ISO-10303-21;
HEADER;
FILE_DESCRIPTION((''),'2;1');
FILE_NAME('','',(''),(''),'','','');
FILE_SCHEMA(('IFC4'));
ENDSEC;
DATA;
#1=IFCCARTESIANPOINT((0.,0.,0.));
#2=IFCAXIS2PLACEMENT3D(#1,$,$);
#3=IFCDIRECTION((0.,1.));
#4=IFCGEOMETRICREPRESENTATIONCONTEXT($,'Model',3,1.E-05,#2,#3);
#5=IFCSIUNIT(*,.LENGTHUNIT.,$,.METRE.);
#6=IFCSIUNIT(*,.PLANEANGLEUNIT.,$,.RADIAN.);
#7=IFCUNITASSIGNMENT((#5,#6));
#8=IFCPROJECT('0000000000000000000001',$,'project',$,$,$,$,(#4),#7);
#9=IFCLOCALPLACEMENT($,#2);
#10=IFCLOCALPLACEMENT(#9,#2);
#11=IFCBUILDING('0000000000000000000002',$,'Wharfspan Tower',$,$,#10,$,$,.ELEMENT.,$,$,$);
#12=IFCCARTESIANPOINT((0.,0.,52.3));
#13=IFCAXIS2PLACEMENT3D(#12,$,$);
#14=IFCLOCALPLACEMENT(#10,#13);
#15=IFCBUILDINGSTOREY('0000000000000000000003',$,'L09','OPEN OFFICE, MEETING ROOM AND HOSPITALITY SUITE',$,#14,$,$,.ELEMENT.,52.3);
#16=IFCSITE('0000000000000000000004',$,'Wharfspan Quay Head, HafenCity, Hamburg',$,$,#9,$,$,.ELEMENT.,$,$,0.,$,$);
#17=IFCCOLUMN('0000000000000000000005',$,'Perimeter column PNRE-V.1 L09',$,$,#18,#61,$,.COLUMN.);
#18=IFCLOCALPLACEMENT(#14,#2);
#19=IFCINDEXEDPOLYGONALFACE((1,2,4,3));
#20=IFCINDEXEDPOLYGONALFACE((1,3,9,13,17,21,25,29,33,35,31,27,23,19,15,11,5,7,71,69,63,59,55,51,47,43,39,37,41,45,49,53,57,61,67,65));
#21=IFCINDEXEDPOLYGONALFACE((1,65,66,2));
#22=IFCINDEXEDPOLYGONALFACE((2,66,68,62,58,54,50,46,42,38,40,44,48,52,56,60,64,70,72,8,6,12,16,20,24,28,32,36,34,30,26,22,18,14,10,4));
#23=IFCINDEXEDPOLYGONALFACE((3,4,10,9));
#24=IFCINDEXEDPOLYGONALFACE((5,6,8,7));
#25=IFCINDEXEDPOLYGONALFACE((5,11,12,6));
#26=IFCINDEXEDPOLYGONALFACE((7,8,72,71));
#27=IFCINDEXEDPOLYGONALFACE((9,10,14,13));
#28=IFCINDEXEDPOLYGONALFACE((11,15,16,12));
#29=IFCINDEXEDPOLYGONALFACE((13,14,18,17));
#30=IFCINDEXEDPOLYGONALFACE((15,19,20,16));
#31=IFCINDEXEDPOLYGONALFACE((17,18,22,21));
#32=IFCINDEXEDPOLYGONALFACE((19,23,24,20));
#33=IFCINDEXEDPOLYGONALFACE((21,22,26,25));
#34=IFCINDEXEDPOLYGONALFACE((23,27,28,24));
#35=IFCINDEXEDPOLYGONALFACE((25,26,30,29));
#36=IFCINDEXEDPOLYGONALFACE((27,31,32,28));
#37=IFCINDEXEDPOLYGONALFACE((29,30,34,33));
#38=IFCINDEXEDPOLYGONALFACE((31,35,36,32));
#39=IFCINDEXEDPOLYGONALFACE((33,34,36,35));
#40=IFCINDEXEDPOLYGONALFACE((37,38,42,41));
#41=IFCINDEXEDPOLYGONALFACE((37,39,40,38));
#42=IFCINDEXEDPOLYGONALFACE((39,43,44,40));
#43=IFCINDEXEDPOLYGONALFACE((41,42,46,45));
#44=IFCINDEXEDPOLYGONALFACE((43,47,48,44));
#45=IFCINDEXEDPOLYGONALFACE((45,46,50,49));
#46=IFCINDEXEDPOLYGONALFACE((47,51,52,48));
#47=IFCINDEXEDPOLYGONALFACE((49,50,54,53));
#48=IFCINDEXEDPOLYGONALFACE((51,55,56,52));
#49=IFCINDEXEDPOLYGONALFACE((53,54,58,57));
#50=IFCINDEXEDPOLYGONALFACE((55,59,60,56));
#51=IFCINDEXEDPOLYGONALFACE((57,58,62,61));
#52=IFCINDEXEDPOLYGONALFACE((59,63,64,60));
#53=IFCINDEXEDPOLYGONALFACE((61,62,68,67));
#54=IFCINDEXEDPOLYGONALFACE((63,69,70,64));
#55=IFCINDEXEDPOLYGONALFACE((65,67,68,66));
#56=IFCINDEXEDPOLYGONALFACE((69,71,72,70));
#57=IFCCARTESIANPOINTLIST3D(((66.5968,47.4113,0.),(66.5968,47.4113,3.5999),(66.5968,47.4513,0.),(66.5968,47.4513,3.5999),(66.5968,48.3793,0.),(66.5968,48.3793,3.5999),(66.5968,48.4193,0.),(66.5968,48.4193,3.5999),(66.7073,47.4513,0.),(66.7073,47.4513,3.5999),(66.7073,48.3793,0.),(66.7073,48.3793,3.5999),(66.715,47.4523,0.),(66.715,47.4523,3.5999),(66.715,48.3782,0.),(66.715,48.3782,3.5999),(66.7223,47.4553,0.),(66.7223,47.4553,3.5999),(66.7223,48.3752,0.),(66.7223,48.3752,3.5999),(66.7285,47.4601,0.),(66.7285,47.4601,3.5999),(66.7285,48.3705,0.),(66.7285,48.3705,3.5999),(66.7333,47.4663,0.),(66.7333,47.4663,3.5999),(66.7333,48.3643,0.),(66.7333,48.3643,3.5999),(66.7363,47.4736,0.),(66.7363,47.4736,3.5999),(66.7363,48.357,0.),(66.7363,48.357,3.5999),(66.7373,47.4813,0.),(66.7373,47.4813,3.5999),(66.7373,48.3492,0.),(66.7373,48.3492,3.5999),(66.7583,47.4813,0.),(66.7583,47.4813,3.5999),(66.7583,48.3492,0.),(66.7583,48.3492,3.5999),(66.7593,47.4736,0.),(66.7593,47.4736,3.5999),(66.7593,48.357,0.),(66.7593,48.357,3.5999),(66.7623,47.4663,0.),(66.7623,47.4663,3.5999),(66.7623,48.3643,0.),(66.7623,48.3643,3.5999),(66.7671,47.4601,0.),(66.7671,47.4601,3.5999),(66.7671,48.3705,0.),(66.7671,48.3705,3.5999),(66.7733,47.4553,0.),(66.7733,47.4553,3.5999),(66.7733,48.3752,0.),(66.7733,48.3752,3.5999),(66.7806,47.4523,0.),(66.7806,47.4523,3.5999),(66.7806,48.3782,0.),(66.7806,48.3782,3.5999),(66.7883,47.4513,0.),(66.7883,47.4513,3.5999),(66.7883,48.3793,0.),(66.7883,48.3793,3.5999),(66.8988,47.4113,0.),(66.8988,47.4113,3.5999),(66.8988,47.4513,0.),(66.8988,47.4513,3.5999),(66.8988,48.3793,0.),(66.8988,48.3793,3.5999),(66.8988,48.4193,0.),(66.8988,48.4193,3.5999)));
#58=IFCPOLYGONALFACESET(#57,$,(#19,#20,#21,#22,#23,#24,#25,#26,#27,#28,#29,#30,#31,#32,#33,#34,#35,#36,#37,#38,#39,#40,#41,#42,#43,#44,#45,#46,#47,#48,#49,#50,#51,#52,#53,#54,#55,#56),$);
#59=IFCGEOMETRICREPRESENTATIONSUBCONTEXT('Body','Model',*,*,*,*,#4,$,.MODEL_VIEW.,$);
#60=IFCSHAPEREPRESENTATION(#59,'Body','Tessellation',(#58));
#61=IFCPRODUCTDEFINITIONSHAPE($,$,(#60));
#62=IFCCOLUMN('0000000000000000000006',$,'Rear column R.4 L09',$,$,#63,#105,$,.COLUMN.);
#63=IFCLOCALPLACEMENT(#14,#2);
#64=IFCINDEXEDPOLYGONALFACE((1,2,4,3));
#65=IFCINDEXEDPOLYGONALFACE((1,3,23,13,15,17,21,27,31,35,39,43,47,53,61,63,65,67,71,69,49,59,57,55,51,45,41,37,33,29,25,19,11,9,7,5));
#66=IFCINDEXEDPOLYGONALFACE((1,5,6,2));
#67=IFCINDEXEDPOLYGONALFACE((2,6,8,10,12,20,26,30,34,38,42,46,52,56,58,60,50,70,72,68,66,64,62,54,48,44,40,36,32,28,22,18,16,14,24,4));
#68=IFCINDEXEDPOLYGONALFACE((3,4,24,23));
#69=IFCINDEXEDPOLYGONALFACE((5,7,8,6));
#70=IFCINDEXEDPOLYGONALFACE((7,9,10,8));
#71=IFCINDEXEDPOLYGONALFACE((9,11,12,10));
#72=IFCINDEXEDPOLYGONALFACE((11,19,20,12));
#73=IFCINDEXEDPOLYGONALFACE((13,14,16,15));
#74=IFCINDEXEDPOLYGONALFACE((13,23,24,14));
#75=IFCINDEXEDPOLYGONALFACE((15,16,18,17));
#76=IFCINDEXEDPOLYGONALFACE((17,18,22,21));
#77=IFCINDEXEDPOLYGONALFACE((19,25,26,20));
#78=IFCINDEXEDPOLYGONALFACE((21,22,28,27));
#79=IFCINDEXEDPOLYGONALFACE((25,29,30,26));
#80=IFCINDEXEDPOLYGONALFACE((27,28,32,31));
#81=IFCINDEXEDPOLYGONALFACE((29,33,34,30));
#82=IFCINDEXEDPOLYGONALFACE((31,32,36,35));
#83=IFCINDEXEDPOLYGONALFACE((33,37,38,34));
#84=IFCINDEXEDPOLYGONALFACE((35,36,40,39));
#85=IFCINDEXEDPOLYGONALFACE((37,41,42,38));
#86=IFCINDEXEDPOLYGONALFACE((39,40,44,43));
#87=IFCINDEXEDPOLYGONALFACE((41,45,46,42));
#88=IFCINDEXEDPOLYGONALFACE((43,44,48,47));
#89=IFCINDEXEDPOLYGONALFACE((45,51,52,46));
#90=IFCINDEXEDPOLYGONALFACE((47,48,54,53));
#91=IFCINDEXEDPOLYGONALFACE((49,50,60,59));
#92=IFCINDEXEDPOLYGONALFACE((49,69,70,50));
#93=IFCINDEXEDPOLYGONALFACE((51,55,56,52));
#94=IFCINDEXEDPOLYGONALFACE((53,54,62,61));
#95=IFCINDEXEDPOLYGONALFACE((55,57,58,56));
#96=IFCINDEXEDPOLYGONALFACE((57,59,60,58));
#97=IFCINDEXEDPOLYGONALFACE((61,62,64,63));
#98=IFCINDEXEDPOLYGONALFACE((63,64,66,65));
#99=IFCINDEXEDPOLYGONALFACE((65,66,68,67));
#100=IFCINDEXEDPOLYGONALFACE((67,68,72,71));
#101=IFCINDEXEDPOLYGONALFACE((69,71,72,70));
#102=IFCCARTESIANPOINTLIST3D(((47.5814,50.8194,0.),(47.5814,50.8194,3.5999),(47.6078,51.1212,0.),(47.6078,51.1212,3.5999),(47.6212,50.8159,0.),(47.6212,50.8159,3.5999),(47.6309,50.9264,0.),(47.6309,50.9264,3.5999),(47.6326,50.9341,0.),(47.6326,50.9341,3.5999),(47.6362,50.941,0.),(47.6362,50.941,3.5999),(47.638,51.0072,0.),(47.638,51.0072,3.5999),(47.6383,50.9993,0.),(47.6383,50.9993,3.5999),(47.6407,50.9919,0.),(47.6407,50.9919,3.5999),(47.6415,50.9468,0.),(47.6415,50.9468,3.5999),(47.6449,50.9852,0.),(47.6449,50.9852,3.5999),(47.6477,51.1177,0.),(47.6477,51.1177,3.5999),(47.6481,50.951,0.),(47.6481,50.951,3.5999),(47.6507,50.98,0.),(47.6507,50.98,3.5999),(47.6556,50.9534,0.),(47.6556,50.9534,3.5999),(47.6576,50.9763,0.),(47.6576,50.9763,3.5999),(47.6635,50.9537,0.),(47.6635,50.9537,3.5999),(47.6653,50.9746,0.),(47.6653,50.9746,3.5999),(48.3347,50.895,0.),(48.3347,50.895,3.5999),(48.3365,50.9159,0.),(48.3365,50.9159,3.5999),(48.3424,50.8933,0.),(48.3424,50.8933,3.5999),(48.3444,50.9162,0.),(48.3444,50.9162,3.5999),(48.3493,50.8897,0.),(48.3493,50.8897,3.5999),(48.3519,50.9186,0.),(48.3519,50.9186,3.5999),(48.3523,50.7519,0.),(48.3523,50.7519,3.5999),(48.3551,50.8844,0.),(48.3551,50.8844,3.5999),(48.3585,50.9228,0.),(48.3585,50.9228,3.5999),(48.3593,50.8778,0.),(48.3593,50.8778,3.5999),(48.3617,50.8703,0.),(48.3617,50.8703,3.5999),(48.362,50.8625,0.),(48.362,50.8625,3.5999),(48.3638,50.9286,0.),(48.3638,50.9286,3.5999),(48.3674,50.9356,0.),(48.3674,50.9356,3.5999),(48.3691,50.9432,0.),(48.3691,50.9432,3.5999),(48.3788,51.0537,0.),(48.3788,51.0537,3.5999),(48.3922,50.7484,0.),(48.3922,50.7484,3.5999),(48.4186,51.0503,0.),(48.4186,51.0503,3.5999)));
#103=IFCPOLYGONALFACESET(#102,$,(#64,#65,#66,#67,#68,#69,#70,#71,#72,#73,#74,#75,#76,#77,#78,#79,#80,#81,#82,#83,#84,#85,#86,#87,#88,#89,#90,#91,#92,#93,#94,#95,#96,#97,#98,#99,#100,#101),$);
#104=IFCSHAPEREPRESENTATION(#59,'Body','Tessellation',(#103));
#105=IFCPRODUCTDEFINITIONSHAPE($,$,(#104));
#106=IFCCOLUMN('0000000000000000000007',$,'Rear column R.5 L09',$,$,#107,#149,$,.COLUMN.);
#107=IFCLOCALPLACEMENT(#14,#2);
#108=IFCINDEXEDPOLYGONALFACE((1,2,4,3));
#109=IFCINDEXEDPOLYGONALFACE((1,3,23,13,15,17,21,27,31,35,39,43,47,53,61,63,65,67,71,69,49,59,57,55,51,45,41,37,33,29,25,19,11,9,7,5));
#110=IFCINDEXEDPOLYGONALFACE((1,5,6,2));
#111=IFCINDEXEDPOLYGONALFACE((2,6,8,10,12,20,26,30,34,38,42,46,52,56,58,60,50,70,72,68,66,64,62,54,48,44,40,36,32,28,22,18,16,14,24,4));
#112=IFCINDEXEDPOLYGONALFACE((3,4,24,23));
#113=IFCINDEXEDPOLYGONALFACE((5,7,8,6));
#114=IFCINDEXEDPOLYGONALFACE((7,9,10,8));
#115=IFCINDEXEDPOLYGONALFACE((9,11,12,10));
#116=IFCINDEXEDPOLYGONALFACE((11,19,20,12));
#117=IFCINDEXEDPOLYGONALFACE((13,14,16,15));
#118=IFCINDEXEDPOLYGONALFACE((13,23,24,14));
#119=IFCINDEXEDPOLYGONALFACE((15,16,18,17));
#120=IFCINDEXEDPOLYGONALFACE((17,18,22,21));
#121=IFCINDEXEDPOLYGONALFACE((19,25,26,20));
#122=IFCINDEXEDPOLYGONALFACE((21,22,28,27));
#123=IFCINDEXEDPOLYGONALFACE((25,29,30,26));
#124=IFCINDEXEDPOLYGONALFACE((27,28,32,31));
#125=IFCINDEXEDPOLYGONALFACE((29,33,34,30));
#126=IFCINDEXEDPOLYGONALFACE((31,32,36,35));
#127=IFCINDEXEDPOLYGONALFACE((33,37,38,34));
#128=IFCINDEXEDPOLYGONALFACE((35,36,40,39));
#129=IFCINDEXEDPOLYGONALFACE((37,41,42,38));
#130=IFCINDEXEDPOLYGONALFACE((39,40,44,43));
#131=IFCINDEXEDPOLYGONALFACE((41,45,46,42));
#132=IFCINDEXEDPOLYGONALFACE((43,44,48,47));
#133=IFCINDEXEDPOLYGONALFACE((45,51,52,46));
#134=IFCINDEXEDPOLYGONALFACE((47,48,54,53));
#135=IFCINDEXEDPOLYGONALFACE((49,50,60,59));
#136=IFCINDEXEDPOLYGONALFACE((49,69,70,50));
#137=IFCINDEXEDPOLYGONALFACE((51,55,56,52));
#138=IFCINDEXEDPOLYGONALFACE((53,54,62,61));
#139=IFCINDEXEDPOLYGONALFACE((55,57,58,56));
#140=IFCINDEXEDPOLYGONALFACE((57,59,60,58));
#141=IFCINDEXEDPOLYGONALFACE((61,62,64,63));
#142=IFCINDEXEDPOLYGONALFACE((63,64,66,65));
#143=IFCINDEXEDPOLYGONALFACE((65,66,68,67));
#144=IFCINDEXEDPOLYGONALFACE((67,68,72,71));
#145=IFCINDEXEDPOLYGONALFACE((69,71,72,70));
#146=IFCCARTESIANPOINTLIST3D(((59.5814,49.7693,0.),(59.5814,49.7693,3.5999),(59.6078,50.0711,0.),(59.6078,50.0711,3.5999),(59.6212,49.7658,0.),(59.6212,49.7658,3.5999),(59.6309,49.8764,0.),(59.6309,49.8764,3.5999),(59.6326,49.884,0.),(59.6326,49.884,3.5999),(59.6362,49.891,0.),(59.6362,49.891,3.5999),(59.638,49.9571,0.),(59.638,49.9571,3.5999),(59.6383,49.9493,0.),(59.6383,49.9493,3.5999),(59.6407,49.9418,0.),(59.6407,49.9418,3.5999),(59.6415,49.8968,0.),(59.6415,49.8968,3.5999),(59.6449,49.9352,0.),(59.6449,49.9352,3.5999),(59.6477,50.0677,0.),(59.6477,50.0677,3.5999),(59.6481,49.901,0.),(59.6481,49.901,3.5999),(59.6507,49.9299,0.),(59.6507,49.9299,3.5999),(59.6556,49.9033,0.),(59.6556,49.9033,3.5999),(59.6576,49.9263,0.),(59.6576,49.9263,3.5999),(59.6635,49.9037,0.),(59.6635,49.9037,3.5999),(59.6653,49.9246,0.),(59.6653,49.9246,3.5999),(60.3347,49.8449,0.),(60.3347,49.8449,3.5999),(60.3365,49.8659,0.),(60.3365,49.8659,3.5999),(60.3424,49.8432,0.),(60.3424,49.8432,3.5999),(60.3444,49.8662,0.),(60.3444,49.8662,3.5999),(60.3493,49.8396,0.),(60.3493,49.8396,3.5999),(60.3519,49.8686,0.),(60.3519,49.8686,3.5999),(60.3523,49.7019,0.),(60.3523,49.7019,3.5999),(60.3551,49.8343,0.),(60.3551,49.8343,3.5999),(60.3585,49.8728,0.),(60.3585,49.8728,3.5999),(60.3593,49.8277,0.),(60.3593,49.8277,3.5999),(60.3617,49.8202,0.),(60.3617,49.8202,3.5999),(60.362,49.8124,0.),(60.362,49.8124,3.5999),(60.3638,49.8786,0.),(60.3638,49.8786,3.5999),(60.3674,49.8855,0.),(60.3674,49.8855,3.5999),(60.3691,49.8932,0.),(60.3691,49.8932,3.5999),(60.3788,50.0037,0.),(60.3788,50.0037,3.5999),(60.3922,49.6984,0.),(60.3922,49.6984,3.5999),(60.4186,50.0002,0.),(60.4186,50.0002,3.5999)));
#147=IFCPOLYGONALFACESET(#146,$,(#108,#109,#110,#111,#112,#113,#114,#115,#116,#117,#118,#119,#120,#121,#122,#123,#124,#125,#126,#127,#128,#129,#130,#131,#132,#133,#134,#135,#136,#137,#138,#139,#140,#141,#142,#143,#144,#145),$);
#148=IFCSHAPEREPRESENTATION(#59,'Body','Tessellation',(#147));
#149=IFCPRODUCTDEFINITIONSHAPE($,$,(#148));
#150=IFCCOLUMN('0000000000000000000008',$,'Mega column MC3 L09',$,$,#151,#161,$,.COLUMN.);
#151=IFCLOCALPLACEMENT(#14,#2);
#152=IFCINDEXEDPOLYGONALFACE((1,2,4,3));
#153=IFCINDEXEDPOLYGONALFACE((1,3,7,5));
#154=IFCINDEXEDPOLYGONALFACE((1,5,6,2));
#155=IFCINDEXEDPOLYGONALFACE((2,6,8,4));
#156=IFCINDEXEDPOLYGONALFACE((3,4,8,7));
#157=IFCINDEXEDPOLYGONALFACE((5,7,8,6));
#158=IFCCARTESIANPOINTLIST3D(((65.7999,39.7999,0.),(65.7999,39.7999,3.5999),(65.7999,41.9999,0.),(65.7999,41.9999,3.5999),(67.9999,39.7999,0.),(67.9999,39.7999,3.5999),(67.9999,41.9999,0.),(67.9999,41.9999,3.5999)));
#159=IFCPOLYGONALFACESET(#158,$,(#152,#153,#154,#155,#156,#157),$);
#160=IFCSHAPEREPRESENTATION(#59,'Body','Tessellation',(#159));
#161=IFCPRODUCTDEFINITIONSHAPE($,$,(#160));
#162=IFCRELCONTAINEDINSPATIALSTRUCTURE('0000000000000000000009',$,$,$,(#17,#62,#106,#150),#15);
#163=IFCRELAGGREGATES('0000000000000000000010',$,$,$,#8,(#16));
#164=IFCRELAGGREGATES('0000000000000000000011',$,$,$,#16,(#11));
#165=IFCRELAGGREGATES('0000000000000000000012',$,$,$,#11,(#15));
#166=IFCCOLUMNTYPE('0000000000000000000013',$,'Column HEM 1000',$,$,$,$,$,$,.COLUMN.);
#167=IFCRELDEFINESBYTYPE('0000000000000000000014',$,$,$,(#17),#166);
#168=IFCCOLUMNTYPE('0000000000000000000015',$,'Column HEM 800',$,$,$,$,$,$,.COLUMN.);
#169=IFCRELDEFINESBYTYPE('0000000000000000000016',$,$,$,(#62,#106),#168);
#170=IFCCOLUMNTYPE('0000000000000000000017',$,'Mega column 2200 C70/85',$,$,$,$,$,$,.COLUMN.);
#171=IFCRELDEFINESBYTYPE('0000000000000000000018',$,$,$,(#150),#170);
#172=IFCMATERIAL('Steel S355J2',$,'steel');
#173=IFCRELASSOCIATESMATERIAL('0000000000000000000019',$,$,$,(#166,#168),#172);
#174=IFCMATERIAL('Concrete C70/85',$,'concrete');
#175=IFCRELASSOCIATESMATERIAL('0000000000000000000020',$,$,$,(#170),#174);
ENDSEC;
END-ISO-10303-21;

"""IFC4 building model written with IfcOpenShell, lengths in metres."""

from ifc_helpers import new_model, si_unit, direction, frame, origin, origin_2d, place, context, subcontext, project, spatial, rectangle, i_section, extrude, material, material_profile, profile_set, type_object, element, save


model = new_model("IFC4")

# Units and contexts
model_context = context("Model", 3, precision=1e-05, world=origin(), true_north=direction((0.0, 1.0)))
body_context = subcontext(model_context, "Body", "Model", "MODEL_VIEW")
ifc_project = project(units=[si_unit("LENGTHUNIT", "METRE"), si_unit("PLANEANGLEUNIT", "RADIAN")], contexts=[model_context])

# Site, building, storey
site_placement = place(None, origin())
site = spatial("IfcSite", under=ifc_project, at=site_placement, Name="Wharfspan Quay Head, HafenCity, Hamburg", CompositionType="ELEMENT", RefElevation=0.0)
building_placement = place(site_placement, origin())
building = spatial("IfcBuilding", under=site, at=building_placement, Name="Wharfspan Tower", CompositionType="ELEMENT")
storey_placement = place(building_placement, frame((0.0, 0.0, 52.3)))
storey = spatial("IfcBuildingStorey", under=building, at=storey_placement, Name="L09", Description="OPEN OFFICE, MEETING ROOM AND HOSPITALITY SUITE", CompositionType="ELEMENT", Elevation=52.3)

# Columns
ifc_material_1 = material(Name="Steel S355J2", Category="steel")
ifc_material_profile_1 = material_profile(ifc_material_1, i_section(OverallWidth=0.302, OverallDepth=1.0081, WebThickness=0.021, FlangeThickness=0.04, FilletRadius=0.03, at=origin_2d()))
ifc_profile_set_1 = profile_set([ifc_material_profile_1], Name="Steel S355J2")
column_type_1 = type_object("IfcColumnType", Name="Column HEM 1000", PredefinedType="COLUMN", material=ifc_profile_set_1)
column_1_placement = place(storey_placement, frame((66.7478, 47.9153, 0.0), z_axis=(0.0, 0.0, 1.0), x_axis=(1.0, 0.0, 0.0)))
element("IfcColumn", 1, at=column_1_placement, inside=storey, type_object=column_type_1, Name="Perimeter column PNRE-V.1 L09", PredefinedType="COLUMN", context=body_context, shape_type="SweptSolid", body=[
    extrude(i_section(OverallWidth=0.302, OverallDepth=1.0081, WebThickness=0.021, FlangeThickness=0.04, FilletRadius=0.03, at=origin_2d()), origin(), (0.0, 0.0, 1.0), 3.5999),
])
ifc_material_profile_2 = material_profile(ifc_material_1, i_section(OverallWidth=0.303, OverallDepth=0.814, WebThickness=0.021, FlangeThickness=0.04, FilletRadius=0.03, at=origin_2d()))
ifc_profile_set_2 = profile_set([ifc_material_profile_2], Name="Steel S355J2")
column_type_2 = type_object("IfcColumnType", Name="Column HEM 800", PredefinedType="COLUMN", material=ifc_profile_set_2)
for number, where, z_axis, x_axis, name in (
    (2, (48.0, 50.9348, 0.0), (0.0, 0.0, 1.0), (0.087156, 0.996197, 0.0), "Rear column R.4 L09"),
    (3, (60.0, 49.8848, 0.0), (0.0, 0.0, 1.0), (0.087156, 0.996197, 0.0), "Rear column R.5 L09"),
):
    element("IfcColumn", number, at=place(storey_placement, frame(where, z_axis=z_axis, x_axis=x_axis)), inside=storey, type_object=column_type_2, Name=name, PredefinedType="COLUMN", context=body_context, shape_type="SweptSolid", body=[
        extrude(i_section(OverallWidth=0.303, OverallDepth=0.814, WebThickness=0.021, FlangeThickness=0.04, FilletRadius=0.03, at=origin_2d()), origin(), (0.0, 0.0, 1.0), 3.5999),
    ])
ifc_material_2 = material(Name="Concrete C70/85", Category="concrete")
ifc_material_profile_3 = material_profile(ifc_material_2, rectangle(XDim=2.2, YDim=2.2, at=origin_2d()))
ifc_profile_set_3 = profile_set([ifc_material_profile_3], Name="Concrete C70/85")
column_type_3 = type_object("IfcColumnType", Name="Mega column 2200 C70/85", PredefinedType="COLUMN", material=ifc_profile_set_3)
column_2_placement = place(storey_placement, frame((66.8999, 40.8999, 0.0), z_axis=(0.0, 0.0, 1.0), x_axis=(1.0, 0.0, 0.0)))
element("IfcColumn", 4, at=column_2_placement, inside=storey, type_object=column_type_3, Name="Mega column MC3 L09", PredefinedType="COLUMN", context=body_context, shape_type="SweptSolid", body=[
    extrude(rectangle(XDim=2.2, YDim=2.2, at=origin_2d()), origin(), (0.0, 0.0, 1.0), 3.5999),
])

save(model, "model.ifc")
